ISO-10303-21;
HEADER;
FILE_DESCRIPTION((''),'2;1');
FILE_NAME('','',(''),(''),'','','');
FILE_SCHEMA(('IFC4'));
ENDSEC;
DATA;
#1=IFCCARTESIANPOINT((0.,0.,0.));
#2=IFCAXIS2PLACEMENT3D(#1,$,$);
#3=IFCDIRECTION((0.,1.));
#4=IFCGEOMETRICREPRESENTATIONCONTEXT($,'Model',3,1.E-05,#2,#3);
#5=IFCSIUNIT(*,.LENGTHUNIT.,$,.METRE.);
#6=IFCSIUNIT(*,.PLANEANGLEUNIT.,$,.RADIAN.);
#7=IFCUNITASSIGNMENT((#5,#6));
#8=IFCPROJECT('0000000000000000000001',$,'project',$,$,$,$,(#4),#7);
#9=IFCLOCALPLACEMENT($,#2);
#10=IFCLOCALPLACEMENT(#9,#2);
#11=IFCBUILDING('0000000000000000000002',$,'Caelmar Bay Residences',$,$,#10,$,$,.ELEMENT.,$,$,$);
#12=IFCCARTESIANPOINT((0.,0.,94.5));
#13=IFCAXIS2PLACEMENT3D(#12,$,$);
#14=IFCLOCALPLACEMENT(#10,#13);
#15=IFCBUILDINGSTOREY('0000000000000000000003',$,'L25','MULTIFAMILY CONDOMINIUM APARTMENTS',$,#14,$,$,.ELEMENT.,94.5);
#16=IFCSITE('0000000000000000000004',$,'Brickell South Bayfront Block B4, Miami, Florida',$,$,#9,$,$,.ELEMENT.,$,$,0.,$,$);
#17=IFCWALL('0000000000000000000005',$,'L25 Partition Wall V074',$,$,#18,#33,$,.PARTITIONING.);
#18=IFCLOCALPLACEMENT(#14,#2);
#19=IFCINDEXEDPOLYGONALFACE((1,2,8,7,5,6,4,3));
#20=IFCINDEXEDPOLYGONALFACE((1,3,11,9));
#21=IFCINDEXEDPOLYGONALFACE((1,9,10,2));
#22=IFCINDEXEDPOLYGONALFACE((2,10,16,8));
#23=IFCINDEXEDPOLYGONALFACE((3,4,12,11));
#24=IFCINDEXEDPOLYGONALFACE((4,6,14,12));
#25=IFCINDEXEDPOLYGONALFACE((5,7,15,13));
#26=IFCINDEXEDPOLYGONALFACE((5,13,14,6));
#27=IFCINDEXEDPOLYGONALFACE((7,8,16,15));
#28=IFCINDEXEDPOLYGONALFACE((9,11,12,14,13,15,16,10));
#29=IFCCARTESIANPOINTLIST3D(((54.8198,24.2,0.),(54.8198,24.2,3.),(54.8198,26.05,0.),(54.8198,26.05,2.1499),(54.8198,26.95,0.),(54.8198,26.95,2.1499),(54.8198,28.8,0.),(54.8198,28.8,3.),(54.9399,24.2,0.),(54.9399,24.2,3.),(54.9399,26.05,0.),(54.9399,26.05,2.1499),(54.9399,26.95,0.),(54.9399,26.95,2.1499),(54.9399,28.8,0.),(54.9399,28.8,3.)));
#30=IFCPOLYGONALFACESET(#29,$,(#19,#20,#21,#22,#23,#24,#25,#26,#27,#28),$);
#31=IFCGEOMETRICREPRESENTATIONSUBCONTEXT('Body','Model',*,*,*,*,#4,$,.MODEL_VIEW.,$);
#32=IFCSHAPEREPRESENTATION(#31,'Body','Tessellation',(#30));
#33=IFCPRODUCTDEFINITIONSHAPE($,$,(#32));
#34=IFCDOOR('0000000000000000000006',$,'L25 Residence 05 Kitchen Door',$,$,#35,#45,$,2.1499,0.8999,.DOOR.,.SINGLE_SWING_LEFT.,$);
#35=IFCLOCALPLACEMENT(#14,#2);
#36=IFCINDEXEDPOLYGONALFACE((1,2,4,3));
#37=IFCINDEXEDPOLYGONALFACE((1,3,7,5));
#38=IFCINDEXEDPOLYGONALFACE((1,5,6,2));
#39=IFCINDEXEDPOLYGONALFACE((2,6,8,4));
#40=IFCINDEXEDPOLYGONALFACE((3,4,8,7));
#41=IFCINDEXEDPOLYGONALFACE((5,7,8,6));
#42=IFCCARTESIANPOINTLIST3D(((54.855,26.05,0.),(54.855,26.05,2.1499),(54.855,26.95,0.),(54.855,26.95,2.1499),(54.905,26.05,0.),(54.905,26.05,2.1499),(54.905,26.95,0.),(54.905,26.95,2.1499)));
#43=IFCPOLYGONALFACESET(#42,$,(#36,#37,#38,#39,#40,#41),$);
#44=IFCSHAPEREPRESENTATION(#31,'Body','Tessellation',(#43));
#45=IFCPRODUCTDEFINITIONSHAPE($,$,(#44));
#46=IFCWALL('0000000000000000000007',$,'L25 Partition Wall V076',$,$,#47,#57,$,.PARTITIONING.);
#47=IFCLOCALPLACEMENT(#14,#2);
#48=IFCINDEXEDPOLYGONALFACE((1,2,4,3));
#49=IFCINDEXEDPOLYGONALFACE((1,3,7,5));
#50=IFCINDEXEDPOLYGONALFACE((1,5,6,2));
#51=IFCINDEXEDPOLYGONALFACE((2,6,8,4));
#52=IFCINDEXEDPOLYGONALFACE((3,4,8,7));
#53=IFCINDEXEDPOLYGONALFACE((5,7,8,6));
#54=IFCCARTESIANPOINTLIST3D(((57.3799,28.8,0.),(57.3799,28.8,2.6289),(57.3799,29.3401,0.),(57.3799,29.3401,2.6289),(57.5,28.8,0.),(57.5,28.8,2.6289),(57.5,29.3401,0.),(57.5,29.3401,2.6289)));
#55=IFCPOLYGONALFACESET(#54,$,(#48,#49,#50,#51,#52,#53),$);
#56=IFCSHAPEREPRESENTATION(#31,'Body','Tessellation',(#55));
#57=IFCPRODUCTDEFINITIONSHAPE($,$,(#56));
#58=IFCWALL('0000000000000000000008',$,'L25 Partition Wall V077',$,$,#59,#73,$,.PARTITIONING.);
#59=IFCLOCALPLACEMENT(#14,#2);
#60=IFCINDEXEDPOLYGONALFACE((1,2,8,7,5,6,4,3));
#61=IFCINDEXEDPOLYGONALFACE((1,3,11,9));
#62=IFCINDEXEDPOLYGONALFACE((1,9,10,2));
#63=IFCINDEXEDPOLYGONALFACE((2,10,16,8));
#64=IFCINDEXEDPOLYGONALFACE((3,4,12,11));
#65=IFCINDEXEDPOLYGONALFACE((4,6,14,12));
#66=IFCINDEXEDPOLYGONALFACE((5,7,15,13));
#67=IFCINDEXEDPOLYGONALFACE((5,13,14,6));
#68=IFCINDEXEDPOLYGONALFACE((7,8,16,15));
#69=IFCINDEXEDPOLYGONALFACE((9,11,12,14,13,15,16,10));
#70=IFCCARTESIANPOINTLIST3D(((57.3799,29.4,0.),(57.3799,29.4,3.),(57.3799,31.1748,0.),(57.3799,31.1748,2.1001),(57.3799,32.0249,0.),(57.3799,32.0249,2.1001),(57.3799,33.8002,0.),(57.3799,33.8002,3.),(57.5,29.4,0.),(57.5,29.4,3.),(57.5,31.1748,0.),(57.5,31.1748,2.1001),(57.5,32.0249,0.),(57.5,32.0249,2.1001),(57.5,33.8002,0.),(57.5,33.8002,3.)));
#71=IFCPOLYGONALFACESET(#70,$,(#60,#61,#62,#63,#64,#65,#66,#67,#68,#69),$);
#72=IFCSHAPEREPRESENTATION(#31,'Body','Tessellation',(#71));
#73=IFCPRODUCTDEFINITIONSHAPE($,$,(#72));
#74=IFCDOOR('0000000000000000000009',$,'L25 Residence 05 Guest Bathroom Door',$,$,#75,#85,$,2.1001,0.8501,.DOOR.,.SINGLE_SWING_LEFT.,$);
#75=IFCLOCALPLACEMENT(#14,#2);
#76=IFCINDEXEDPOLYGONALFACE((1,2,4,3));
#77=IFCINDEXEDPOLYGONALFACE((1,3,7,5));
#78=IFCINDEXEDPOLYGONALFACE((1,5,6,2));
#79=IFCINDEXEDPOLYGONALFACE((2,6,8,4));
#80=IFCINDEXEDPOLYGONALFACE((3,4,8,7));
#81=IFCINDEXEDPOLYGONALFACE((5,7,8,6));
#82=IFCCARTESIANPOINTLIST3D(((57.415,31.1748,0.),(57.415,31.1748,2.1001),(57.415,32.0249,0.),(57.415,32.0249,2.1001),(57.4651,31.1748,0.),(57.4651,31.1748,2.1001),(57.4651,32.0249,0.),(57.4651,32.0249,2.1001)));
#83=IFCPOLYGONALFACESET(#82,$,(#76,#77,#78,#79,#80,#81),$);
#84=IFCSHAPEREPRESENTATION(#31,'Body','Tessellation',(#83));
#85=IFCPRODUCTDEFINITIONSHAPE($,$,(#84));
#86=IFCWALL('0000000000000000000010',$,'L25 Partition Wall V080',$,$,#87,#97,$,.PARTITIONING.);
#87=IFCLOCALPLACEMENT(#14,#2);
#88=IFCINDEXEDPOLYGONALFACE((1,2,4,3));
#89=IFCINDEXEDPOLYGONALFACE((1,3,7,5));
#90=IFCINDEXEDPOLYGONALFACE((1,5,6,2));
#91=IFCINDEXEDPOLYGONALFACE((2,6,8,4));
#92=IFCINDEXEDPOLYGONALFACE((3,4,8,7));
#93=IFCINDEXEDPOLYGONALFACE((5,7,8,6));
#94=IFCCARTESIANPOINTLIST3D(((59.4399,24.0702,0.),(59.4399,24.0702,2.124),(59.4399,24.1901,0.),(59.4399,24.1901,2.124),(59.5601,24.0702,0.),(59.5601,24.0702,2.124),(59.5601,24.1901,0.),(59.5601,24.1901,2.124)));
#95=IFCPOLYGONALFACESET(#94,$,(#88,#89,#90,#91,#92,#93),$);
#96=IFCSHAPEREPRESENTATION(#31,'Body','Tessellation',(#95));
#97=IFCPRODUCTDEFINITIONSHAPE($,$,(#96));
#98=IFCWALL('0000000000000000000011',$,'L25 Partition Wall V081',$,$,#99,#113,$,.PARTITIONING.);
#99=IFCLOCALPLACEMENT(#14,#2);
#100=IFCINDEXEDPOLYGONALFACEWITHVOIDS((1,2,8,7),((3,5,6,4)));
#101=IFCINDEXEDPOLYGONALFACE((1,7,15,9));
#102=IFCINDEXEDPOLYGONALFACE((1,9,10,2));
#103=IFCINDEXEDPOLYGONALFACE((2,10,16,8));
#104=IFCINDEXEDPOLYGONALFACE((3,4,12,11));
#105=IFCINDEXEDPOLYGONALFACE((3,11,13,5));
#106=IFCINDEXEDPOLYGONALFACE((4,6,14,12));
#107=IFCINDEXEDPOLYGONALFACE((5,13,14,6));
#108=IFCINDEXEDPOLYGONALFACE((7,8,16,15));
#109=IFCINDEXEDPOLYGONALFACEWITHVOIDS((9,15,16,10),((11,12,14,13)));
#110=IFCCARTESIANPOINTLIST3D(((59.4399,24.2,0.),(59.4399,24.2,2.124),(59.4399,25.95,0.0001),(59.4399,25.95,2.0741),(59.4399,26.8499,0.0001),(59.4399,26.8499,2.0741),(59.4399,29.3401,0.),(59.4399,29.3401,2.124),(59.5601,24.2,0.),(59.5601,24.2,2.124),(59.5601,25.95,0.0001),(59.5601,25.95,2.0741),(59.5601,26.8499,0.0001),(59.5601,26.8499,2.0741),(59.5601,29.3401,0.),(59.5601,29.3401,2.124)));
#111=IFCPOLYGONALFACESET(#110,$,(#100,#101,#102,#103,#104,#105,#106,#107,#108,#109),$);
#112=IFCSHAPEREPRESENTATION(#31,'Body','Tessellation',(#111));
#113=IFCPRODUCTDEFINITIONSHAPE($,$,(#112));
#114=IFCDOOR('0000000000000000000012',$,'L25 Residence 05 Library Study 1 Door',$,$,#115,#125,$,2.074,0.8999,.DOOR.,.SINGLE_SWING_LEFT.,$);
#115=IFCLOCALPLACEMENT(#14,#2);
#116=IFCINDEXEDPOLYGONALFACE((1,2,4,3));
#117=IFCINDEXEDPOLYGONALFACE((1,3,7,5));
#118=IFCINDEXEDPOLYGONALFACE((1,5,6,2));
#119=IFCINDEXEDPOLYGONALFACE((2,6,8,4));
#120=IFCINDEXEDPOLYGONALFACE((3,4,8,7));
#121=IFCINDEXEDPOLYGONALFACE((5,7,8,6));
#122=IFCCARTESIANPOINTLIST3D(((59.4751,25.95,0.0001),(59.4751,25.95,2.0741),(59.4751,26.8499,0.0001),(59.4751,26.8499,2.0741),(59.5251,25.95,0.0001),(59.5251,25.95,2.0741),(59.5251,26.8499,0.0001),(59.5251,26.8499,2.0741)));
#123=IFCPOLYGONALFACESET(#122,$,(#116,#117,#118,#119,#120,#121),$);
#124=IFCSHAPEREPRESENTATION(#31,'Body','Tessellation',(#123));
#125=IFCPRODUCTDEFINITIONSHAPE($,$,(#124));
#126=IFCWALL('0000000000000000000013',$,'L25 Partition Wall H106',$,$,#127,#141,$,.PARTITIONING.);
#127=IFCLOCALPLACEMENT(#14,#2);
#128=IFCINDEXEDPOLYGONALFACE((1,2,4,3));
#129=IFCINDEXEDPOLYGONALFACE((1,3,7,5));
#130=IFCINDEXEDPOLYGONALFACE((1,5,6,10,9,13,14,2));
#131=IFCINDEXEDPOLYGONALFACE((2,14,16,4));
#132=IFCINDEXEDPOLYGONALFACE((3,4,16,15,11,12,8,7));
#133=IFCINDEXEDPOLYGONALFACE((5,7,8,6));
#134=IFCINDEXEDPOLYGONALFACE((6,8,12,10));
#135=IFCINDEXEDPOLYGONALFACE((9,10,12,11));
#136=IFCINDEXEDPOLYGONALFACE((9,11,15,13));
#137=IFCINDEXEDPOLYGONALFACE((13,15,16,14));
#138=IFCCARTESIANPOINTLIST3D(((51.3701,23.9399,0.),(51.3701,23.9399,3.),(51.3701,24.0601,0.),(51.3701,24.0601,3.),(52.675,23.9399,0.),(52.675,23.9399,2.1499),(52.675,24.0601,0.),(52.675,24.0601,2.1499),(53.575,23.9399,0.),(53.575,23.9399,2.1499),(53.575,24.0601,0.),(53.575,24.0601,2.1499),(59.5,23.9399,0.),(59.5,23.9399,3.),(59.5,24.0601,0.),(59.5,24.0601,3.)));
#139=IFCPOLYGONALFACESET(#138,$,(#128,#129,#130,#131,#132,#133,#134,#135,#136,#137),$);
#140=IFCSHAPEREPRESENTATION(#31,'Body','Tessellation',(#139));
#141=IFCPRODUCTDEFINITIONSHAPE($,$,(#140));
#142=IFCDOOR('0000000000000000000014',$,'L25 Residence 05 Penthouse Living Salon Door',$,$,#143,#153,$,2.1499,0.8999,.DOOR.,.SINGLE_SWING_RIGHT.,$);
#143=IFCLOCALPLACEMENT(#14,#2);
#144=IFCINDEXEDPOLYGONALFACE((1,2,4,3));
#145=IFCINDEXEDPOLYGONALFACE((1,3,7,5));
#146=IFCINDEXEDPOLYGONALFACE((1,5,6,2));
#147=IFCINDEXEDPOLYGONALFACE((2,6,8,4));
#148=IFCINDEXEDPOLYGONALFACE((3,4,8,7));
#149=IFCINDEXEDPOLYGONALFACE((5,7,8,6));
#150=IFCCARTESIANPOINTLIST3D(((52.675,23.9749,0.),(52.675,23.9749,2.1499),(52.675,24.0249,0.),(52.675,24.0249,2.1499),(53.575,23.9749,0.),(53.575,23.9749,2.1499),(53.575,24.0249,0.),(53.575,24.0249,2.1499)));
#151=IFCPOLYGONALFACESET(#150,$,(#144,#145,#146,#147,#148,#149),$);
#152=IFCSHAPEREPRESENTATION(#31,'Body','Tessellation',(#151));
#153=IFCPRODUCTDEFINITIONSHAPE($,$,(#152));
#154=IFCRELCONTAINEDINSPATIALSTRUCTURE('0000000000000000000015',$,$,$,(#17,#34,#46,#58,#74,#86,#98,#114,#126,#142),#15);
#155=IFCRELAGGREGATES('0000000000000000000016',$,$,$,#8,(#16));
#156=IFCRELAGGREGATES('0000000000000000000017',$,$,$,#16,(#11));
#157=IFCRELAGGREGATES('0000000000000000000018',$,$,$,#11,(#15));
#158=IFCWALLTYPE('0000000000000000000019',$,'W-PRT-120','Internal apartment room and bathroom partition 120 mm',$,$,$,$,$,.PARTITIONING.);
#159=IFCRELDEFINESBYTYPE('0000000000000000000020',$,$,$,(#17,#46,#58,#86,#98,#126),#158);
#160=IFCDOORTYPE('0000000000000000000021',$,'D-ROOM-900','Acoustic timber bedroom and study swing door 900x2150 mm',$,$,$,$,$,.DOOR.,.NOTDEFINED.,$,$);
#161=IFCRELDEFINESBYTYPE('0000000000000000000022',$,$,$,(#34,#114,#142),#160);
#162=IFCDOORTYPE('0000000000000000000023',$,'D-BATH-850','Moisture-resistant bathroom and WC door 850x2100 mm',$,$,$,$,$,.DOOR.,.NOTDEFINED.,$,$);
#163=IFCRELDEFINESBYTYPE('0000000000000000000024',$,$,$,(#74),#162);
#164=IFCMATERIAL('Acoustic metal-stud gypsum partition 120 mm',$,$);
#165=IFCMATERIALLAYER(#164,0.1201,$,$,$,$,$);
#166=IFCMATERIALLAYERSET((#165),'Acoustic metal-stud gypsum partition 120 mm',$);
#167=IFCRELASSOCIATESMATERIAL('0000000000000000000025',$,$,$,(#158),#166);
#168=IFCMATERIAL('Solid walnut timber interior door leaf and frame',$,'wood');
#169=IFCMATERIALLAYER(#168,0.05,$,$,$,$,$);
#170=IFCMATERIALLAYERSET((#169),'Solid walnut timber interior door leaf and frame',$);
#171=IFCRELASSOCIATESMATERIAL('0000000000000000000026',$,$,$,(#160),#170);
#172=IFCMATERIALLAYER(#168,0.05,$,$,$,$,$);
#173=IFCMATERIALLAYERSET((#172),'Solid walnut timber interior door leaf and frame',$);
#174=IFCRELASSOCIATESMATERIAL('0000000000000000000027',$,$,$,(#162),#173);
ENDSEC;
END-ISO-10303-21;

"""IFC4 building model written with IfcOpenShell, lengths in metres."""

from ifc_helpers import new_model, si_unit, direction, frame, frame_2d, origin, place, context, subcontext, project, spatial, rectangle, extrude, material, layer, layer_set, type_object, element, fill, save


model = new_model("IFC4")

# Units and contexts
model_context = context("Model", 3, precision=1e-05, world=origin(), true_north=direction((0.0, 1.0)))
body_context = subcontext(model_context, "Body", "Model", "MODEL_VIEW")
ifc_project = project(units=[si_unit("LENGTHUNIT", "METRE"), si_unit("PLANEANGLEUNIT", "RADIAN")], contexts=[model_context])

# Site, building, storey
site_placement = place(None, origin())
site = spatial("IfcSite", under=ifc_project, at=site_placement, Name="Brickell South Bayfront Block B4, Miami, Florida", CompositionType="ELEMENT", RefElevation=0.0)
building_placement = place(site_placement, origin())
building = spatial("IfcBuilding", under=site, at=building_placement, Name="Caelmar Bay Residences", CompositionType="ELEMENT")
storey_placement = place(building_placement, frame((0.0, 0.0, 94.5)))
storey = spatial("IfcBuildingStorey", under=building, at=storey_placement, Name="L25", Description="MULTIFAMILY CONDOMINIUM APARTMENTS", CompositionType="ELEMENT", Elevation=94.5)

# Shared definitions
ifc_material_1 = material(Name="Acoustic metal-stud gypsum partition 120 mm")
ifc_layer_1 = layer(ifc_material_1, 0.1201)
ifc_layer_set_1 = layer_set([ifc_layer_1], Name="Acoustic metal-stud gypsum partition 120 mm")
wall_type = type_object("IfcWallType", Name="W-PRT-120", Description="Internal apartment room and bathroom partition 120 mm", PredefinedType="PARTITIONING", material=ifc_layer_set_1)
ifc_material_2 = material(Name="Solid walnut timber interior door leaf and frame", Category="wood")
ifc_layer_2 = layer(ifc_material_2, 0.05)
ifc_layer_set_2 = layer_set([ifc_layer_2], Name="Solid walnut timber interior door leaf and frame")
door_type_1 = type_object("IfcDoorType", Name="D-ROOM-900", Description="Acoustic timber bedroom and study swing door 900x2150 mm", OperationType="NOTDEFINED", PredefinedType="DOOR", material=ifc_layer_set_2)

# Shared definitions
ifc_layer_3 = layer(ifc_material_2, 0.05)
ifc_layer_set_3 = layer_set([ifc_layer_3], Name="Solid walnut timber interior door leaf and frame")
door_type_2 = type_object("IfcDoorType", Name="D-BATH-850", Description="Moisture-resistant bathroom and WC door 850x2100 mm", OperationType="NOTDEFINED", PredefinedType="DOOR", material=ifc_layer_set_3)

# Wall, opening, door
wall_1_placement = place(storey_placement, frame((54.8799, 24.2, 0.0), z_axis=(0.0, 0.0, 1.0), x_axis=(0.0, 1.0, 0.0)))
wall_1 = element("IfcWall", 1, at=wall_1_placement, inside=storey, type_object=wall_type, Name="L25 Partition Wall V074", PredefinedType="PARTITIONING", context=body_context, shape_type="SweptSolid", body=[
    extrude(rectangle(XDim=4.6001, YDim=0.1201, at=frame_2d((2.3, 0.0))), origin(), (0.0, 0.0, 1.0), 3.0),
])
opening_1_placement = place(wall_1_placement, frame((1.8501, 0.0, 0.0)))
opening_1 = element("IfcOpeningElement", 2, at=opening_1_placement, cuts=wall_1, PredefinedType="OPENING", context=body_context, shape_type="SweptSolid", body=[
    extrude(rectangle(XDim=0.8999, YDim=2.1499, at=frame_2d((0.45, 1.075))), frame((0.0, 0.0701, 0.0), z_axis=(0.0, -1.0, 0.0), x_axis=(1.0, 0.0, 0.0)), (0.0, 0.0, 1.0), 0.1401),
])
door_1_placement = place(opening_1_placement, origin())
door_1 = element("IfcDoor", 3, at=door_1_placement, inside=storey, type_object=door_type_1, Name="L25 Residence 05 Kitchen Door", OperationType="SINGLE_SWING_LEFT", OverallHeight=2.1499, OverallWidth=0.8999, PredefinedType="DOOR", context=body_context, shape_type="SweptSolid", body=[
    extrude(rectangle(XDim=0.8999, YDim=2.1499, at=frame_2d((0.45, 1.075))), frame((0.0, 0.0249, 0.0), z_axis=(0.0, -1.0, 0.0), x_axis=(1.0, 0.0, 0.0)), (0.0, 0.0, 1.0), 0.05),
])
fill(opening_1, door_1)

# Wall
wall_2_placement = place(storey_placement, frame((57.4399, 28.8, 0.0), z_axis=(0.0, 0.0, 1.0), x_axis=(0.0, 1.0, 0.0)))
element("IfcWall", 4, at=wall_2_placement, inside=storey, type_object=wall_type, Name="L25 Partition Wall V076", PredefinedType="PARTITIONING", context=body_context, shape_type="SweptSolid", body=[
    extrude(rectangle(XDim=0.54, YDim=0.1201, at=frame_2d((0.27, 0.0))), origin(), (0.0, 0.0, 1.0), 2.6289),
])

# Wall, opening, door
wall_3_placement = place(storey_placement, frame((57.4399, 29.3999, 0.0), z_axis=(0.0, 0.0, 1.0), x_axis=(0.0, 1.0, 0.0)))
wall_3 = element("IfcWall", 5, at=wall_3_placement, inside=storey, type_object=wall_type, Name="L25 Partition Wall V077", PredefinedType="PARTITIONING", context=body_context, shape_type="SweptSolid", body=[
    extrude(rectangle(XDim=4.4001, YDim=0.1201, at=frame_2d((2.2002, 0.0))), origin(), (0.0, 0.0, 1.0), 3.0),
])
opening_2_placement = place(wall_3_placement, frame((1.7749, 0.0, 0.0)))
opening_2 = element("IfcOpeningElement", 6, at=opening_2_placement, cuts=wall_3, PredefinedType="OPENING", context=body_context, shape_type="SweptSolid", body=[
    extrude(rectangle(XDim=0.8501, YDim=2.1001, at=frame_2d((0.425, 1.05))), frame((0.0, 0.0701, 0.0), z_axis=(0.0, -1.0, 0.0), x_axis=(1.0, 0.0, 0.0)), (0.0, 0.0, 1.0), 0.1401),
])
door_2_placement = place(opening_2_placement, origin())
door_2 = element("IfcDoor", 7, at=door_2_placement, inside=storey, type_object=door_type_2, Name="L25 Residence 05 Guest Bathroom Door", OperationType="SINGLE_SWING_LEFT", OverallHeight=2.1001, OverallWidth=0.8501, PredefinedType="DOOR", context=body_context, shape_type="SweptSolid", body=[
    extrude(rectangle(XDim=0.8501, YDim=2.1001, at=frame_2d((0.425, 1.05))), frame((0.0, 0.0249, 0.0), z_axis=(0.0, -1.0, 0.0), x_axis=(1.0, 0.0, 0.0)), (0.0, 0.0, 1.0), 0.05),
])
fill(opening_2, door_2)

# Wall
wall_4_placement = place(storey_placement, frame((59.5, 24.0701, 0.0), z_axis=(0.0, 0.0, 1.0), x_axis=(0.0, 1.0, 0.0)))
element("IfcWall", 8, at=wall_4_placement, inside=storey, type_object=wall_type, Name="L25 Partition Wall V080", PredefinedType="PARTITIONING", context=body_context, shape_type="SweptSolid", body=[
    extrude(rectangle(XDim=0.1199, YDim=0.1201, at=frame_2d((0.0601, 0.0))), origin(), (0.0, 0.0, 1.0), 2.124),
])

# Walls, openings, doors
wall_5_placement = place(storey_placement, frame((59.5, 24.2, 0.0), z_axis=(0.0, 0.0, 1.0), x_axis=(0.0, 1.0, 0.0)))
wall_5 = element("IfcWall", 9, at=wall_5_placement, inside=storey, type_object=wall_type, Name="L25 Partition Wall V081", PredefinedType="PARTITIONING", context=body_context, shape_type="SweptSolid", body=[
    extrude(rectangle(XDim=5.1401, YDim=0.1201, at=frame_2d((2.5701, 0.0))), origin(), (0.0, 0.0, 1.0), 2.124),
])
opening_3_placement = place(wall_5_placement, frame((1.75, 0.0, 0.0)))
opening_3 = element("IfcOpeningElement", 10, at=opening_3_placement, cuts=wall_5, PredefinedType="OPENING", context=body_context, shape_type="SweptSolid", body=[
    extrude(rectangle(XDim=0.8999, YDim=2.074, at=frame_2d((0.45, 1.0371))), frame((0.0, 0.0701, 0.0), z_axis=(0.0, -1.0, 0.0), x_axis=(1.0, 0.0, 0.0)), (0.0, 0.0, 1.0), 0.1401),
])
door_3_placement = place(opening_3_placement, origin())
door_3 = element("IfcDoor", 11, at=door_3_placement, inside=storey, type_object=door_type_1, Name="L25 Residence 05 Library Study 1 Door", OperationType="SINGLE_SWING_LEFT", OverallHeight=2.074, OverallWidth=0.8999, PredefinedType="DOOR", context=body_context, shape_type="SweptSolid", body=[
    extrude(rectangle(XDim=0.8999, YDim=2.074, at=frame_2d((0.45, 1.0371))), frame((0.0, 0.0249, 0.0), z_axis=(0.0, -1.0, 0.0), x_axis=(1.0, 0.0, 0.0)), (0.0, 0.0, 1.0), 0.05),
])
fill(opening_3, door_3)
wall_6_placement = place(storey_placement, frame((51.3701, 24.0, 0.0), z_axis=(0.0, 0.0, 1.0), x_axis=(1.0, 0.0, 0.0)))
wall_6 = element("IfcWall", 12, at=wall_6_placement, inside=storey, type_object=wall_type, Name="L25 Partition Wall H106", PredefinedType="PARTITIONING", context=body_context, shape_type="SweptSolid", body=[
    extrude(rectangle(XDim=8.1299, YDim=0.1201, at=frame_2d((4.0649, 0.0))), origin(), (0.0, 0.0, 1.0), 3.0),
])
opening_4_placement = place(wall_6_placement, frame((1.3049, 0.0, 0.0)))
opening_4 = element("IfcOpeningElement", 13, at=opening_4_placement, cuts=wall_6, PredefinedType="OPENING", context=body_context, shape_type="SweptSolid", body=[
    extrude(rectangle(XDim=0.8999, YDim=2.1499, at=frame_2d((0.45, 1.075))), frame((0.0, 0.0701, 0.0), z_axis=(0.0, -1.0, 0.0), x_axis=(1.0, 0.0, 0.0)), (0.0, 0.0, 1.0), 0.1401),
])
door_4_placement = place(opening_4_placement, origin())
door_4 = element("IfcDoor", 14, at=door_4_placement, inside=storey, type_object=door_type_1, Name="L25 Residence 05 Penthouse Living Salon Door", OperationType="SINGLE_SWING_RIGHT", OverallHeight=2.1499, OverallWidth=0.8999, PredefinedType="DOOR", context=body_context, shape_type="SweptSolid", body=[
    extrude(rectangle(XDim=0.8999, YDim=2.1499, at=frame_2d((0.45, 1.075))), frame((0.0, 0.0249, 0.0), z_axis=(0.0, -1.0, 0.0), x_axis=(1.0, 0.0, 0.0)), (0.0, 0.0, 1.0), 0.05),
])
fill(opening_4, door_4)

save(model, "model.ifc")
